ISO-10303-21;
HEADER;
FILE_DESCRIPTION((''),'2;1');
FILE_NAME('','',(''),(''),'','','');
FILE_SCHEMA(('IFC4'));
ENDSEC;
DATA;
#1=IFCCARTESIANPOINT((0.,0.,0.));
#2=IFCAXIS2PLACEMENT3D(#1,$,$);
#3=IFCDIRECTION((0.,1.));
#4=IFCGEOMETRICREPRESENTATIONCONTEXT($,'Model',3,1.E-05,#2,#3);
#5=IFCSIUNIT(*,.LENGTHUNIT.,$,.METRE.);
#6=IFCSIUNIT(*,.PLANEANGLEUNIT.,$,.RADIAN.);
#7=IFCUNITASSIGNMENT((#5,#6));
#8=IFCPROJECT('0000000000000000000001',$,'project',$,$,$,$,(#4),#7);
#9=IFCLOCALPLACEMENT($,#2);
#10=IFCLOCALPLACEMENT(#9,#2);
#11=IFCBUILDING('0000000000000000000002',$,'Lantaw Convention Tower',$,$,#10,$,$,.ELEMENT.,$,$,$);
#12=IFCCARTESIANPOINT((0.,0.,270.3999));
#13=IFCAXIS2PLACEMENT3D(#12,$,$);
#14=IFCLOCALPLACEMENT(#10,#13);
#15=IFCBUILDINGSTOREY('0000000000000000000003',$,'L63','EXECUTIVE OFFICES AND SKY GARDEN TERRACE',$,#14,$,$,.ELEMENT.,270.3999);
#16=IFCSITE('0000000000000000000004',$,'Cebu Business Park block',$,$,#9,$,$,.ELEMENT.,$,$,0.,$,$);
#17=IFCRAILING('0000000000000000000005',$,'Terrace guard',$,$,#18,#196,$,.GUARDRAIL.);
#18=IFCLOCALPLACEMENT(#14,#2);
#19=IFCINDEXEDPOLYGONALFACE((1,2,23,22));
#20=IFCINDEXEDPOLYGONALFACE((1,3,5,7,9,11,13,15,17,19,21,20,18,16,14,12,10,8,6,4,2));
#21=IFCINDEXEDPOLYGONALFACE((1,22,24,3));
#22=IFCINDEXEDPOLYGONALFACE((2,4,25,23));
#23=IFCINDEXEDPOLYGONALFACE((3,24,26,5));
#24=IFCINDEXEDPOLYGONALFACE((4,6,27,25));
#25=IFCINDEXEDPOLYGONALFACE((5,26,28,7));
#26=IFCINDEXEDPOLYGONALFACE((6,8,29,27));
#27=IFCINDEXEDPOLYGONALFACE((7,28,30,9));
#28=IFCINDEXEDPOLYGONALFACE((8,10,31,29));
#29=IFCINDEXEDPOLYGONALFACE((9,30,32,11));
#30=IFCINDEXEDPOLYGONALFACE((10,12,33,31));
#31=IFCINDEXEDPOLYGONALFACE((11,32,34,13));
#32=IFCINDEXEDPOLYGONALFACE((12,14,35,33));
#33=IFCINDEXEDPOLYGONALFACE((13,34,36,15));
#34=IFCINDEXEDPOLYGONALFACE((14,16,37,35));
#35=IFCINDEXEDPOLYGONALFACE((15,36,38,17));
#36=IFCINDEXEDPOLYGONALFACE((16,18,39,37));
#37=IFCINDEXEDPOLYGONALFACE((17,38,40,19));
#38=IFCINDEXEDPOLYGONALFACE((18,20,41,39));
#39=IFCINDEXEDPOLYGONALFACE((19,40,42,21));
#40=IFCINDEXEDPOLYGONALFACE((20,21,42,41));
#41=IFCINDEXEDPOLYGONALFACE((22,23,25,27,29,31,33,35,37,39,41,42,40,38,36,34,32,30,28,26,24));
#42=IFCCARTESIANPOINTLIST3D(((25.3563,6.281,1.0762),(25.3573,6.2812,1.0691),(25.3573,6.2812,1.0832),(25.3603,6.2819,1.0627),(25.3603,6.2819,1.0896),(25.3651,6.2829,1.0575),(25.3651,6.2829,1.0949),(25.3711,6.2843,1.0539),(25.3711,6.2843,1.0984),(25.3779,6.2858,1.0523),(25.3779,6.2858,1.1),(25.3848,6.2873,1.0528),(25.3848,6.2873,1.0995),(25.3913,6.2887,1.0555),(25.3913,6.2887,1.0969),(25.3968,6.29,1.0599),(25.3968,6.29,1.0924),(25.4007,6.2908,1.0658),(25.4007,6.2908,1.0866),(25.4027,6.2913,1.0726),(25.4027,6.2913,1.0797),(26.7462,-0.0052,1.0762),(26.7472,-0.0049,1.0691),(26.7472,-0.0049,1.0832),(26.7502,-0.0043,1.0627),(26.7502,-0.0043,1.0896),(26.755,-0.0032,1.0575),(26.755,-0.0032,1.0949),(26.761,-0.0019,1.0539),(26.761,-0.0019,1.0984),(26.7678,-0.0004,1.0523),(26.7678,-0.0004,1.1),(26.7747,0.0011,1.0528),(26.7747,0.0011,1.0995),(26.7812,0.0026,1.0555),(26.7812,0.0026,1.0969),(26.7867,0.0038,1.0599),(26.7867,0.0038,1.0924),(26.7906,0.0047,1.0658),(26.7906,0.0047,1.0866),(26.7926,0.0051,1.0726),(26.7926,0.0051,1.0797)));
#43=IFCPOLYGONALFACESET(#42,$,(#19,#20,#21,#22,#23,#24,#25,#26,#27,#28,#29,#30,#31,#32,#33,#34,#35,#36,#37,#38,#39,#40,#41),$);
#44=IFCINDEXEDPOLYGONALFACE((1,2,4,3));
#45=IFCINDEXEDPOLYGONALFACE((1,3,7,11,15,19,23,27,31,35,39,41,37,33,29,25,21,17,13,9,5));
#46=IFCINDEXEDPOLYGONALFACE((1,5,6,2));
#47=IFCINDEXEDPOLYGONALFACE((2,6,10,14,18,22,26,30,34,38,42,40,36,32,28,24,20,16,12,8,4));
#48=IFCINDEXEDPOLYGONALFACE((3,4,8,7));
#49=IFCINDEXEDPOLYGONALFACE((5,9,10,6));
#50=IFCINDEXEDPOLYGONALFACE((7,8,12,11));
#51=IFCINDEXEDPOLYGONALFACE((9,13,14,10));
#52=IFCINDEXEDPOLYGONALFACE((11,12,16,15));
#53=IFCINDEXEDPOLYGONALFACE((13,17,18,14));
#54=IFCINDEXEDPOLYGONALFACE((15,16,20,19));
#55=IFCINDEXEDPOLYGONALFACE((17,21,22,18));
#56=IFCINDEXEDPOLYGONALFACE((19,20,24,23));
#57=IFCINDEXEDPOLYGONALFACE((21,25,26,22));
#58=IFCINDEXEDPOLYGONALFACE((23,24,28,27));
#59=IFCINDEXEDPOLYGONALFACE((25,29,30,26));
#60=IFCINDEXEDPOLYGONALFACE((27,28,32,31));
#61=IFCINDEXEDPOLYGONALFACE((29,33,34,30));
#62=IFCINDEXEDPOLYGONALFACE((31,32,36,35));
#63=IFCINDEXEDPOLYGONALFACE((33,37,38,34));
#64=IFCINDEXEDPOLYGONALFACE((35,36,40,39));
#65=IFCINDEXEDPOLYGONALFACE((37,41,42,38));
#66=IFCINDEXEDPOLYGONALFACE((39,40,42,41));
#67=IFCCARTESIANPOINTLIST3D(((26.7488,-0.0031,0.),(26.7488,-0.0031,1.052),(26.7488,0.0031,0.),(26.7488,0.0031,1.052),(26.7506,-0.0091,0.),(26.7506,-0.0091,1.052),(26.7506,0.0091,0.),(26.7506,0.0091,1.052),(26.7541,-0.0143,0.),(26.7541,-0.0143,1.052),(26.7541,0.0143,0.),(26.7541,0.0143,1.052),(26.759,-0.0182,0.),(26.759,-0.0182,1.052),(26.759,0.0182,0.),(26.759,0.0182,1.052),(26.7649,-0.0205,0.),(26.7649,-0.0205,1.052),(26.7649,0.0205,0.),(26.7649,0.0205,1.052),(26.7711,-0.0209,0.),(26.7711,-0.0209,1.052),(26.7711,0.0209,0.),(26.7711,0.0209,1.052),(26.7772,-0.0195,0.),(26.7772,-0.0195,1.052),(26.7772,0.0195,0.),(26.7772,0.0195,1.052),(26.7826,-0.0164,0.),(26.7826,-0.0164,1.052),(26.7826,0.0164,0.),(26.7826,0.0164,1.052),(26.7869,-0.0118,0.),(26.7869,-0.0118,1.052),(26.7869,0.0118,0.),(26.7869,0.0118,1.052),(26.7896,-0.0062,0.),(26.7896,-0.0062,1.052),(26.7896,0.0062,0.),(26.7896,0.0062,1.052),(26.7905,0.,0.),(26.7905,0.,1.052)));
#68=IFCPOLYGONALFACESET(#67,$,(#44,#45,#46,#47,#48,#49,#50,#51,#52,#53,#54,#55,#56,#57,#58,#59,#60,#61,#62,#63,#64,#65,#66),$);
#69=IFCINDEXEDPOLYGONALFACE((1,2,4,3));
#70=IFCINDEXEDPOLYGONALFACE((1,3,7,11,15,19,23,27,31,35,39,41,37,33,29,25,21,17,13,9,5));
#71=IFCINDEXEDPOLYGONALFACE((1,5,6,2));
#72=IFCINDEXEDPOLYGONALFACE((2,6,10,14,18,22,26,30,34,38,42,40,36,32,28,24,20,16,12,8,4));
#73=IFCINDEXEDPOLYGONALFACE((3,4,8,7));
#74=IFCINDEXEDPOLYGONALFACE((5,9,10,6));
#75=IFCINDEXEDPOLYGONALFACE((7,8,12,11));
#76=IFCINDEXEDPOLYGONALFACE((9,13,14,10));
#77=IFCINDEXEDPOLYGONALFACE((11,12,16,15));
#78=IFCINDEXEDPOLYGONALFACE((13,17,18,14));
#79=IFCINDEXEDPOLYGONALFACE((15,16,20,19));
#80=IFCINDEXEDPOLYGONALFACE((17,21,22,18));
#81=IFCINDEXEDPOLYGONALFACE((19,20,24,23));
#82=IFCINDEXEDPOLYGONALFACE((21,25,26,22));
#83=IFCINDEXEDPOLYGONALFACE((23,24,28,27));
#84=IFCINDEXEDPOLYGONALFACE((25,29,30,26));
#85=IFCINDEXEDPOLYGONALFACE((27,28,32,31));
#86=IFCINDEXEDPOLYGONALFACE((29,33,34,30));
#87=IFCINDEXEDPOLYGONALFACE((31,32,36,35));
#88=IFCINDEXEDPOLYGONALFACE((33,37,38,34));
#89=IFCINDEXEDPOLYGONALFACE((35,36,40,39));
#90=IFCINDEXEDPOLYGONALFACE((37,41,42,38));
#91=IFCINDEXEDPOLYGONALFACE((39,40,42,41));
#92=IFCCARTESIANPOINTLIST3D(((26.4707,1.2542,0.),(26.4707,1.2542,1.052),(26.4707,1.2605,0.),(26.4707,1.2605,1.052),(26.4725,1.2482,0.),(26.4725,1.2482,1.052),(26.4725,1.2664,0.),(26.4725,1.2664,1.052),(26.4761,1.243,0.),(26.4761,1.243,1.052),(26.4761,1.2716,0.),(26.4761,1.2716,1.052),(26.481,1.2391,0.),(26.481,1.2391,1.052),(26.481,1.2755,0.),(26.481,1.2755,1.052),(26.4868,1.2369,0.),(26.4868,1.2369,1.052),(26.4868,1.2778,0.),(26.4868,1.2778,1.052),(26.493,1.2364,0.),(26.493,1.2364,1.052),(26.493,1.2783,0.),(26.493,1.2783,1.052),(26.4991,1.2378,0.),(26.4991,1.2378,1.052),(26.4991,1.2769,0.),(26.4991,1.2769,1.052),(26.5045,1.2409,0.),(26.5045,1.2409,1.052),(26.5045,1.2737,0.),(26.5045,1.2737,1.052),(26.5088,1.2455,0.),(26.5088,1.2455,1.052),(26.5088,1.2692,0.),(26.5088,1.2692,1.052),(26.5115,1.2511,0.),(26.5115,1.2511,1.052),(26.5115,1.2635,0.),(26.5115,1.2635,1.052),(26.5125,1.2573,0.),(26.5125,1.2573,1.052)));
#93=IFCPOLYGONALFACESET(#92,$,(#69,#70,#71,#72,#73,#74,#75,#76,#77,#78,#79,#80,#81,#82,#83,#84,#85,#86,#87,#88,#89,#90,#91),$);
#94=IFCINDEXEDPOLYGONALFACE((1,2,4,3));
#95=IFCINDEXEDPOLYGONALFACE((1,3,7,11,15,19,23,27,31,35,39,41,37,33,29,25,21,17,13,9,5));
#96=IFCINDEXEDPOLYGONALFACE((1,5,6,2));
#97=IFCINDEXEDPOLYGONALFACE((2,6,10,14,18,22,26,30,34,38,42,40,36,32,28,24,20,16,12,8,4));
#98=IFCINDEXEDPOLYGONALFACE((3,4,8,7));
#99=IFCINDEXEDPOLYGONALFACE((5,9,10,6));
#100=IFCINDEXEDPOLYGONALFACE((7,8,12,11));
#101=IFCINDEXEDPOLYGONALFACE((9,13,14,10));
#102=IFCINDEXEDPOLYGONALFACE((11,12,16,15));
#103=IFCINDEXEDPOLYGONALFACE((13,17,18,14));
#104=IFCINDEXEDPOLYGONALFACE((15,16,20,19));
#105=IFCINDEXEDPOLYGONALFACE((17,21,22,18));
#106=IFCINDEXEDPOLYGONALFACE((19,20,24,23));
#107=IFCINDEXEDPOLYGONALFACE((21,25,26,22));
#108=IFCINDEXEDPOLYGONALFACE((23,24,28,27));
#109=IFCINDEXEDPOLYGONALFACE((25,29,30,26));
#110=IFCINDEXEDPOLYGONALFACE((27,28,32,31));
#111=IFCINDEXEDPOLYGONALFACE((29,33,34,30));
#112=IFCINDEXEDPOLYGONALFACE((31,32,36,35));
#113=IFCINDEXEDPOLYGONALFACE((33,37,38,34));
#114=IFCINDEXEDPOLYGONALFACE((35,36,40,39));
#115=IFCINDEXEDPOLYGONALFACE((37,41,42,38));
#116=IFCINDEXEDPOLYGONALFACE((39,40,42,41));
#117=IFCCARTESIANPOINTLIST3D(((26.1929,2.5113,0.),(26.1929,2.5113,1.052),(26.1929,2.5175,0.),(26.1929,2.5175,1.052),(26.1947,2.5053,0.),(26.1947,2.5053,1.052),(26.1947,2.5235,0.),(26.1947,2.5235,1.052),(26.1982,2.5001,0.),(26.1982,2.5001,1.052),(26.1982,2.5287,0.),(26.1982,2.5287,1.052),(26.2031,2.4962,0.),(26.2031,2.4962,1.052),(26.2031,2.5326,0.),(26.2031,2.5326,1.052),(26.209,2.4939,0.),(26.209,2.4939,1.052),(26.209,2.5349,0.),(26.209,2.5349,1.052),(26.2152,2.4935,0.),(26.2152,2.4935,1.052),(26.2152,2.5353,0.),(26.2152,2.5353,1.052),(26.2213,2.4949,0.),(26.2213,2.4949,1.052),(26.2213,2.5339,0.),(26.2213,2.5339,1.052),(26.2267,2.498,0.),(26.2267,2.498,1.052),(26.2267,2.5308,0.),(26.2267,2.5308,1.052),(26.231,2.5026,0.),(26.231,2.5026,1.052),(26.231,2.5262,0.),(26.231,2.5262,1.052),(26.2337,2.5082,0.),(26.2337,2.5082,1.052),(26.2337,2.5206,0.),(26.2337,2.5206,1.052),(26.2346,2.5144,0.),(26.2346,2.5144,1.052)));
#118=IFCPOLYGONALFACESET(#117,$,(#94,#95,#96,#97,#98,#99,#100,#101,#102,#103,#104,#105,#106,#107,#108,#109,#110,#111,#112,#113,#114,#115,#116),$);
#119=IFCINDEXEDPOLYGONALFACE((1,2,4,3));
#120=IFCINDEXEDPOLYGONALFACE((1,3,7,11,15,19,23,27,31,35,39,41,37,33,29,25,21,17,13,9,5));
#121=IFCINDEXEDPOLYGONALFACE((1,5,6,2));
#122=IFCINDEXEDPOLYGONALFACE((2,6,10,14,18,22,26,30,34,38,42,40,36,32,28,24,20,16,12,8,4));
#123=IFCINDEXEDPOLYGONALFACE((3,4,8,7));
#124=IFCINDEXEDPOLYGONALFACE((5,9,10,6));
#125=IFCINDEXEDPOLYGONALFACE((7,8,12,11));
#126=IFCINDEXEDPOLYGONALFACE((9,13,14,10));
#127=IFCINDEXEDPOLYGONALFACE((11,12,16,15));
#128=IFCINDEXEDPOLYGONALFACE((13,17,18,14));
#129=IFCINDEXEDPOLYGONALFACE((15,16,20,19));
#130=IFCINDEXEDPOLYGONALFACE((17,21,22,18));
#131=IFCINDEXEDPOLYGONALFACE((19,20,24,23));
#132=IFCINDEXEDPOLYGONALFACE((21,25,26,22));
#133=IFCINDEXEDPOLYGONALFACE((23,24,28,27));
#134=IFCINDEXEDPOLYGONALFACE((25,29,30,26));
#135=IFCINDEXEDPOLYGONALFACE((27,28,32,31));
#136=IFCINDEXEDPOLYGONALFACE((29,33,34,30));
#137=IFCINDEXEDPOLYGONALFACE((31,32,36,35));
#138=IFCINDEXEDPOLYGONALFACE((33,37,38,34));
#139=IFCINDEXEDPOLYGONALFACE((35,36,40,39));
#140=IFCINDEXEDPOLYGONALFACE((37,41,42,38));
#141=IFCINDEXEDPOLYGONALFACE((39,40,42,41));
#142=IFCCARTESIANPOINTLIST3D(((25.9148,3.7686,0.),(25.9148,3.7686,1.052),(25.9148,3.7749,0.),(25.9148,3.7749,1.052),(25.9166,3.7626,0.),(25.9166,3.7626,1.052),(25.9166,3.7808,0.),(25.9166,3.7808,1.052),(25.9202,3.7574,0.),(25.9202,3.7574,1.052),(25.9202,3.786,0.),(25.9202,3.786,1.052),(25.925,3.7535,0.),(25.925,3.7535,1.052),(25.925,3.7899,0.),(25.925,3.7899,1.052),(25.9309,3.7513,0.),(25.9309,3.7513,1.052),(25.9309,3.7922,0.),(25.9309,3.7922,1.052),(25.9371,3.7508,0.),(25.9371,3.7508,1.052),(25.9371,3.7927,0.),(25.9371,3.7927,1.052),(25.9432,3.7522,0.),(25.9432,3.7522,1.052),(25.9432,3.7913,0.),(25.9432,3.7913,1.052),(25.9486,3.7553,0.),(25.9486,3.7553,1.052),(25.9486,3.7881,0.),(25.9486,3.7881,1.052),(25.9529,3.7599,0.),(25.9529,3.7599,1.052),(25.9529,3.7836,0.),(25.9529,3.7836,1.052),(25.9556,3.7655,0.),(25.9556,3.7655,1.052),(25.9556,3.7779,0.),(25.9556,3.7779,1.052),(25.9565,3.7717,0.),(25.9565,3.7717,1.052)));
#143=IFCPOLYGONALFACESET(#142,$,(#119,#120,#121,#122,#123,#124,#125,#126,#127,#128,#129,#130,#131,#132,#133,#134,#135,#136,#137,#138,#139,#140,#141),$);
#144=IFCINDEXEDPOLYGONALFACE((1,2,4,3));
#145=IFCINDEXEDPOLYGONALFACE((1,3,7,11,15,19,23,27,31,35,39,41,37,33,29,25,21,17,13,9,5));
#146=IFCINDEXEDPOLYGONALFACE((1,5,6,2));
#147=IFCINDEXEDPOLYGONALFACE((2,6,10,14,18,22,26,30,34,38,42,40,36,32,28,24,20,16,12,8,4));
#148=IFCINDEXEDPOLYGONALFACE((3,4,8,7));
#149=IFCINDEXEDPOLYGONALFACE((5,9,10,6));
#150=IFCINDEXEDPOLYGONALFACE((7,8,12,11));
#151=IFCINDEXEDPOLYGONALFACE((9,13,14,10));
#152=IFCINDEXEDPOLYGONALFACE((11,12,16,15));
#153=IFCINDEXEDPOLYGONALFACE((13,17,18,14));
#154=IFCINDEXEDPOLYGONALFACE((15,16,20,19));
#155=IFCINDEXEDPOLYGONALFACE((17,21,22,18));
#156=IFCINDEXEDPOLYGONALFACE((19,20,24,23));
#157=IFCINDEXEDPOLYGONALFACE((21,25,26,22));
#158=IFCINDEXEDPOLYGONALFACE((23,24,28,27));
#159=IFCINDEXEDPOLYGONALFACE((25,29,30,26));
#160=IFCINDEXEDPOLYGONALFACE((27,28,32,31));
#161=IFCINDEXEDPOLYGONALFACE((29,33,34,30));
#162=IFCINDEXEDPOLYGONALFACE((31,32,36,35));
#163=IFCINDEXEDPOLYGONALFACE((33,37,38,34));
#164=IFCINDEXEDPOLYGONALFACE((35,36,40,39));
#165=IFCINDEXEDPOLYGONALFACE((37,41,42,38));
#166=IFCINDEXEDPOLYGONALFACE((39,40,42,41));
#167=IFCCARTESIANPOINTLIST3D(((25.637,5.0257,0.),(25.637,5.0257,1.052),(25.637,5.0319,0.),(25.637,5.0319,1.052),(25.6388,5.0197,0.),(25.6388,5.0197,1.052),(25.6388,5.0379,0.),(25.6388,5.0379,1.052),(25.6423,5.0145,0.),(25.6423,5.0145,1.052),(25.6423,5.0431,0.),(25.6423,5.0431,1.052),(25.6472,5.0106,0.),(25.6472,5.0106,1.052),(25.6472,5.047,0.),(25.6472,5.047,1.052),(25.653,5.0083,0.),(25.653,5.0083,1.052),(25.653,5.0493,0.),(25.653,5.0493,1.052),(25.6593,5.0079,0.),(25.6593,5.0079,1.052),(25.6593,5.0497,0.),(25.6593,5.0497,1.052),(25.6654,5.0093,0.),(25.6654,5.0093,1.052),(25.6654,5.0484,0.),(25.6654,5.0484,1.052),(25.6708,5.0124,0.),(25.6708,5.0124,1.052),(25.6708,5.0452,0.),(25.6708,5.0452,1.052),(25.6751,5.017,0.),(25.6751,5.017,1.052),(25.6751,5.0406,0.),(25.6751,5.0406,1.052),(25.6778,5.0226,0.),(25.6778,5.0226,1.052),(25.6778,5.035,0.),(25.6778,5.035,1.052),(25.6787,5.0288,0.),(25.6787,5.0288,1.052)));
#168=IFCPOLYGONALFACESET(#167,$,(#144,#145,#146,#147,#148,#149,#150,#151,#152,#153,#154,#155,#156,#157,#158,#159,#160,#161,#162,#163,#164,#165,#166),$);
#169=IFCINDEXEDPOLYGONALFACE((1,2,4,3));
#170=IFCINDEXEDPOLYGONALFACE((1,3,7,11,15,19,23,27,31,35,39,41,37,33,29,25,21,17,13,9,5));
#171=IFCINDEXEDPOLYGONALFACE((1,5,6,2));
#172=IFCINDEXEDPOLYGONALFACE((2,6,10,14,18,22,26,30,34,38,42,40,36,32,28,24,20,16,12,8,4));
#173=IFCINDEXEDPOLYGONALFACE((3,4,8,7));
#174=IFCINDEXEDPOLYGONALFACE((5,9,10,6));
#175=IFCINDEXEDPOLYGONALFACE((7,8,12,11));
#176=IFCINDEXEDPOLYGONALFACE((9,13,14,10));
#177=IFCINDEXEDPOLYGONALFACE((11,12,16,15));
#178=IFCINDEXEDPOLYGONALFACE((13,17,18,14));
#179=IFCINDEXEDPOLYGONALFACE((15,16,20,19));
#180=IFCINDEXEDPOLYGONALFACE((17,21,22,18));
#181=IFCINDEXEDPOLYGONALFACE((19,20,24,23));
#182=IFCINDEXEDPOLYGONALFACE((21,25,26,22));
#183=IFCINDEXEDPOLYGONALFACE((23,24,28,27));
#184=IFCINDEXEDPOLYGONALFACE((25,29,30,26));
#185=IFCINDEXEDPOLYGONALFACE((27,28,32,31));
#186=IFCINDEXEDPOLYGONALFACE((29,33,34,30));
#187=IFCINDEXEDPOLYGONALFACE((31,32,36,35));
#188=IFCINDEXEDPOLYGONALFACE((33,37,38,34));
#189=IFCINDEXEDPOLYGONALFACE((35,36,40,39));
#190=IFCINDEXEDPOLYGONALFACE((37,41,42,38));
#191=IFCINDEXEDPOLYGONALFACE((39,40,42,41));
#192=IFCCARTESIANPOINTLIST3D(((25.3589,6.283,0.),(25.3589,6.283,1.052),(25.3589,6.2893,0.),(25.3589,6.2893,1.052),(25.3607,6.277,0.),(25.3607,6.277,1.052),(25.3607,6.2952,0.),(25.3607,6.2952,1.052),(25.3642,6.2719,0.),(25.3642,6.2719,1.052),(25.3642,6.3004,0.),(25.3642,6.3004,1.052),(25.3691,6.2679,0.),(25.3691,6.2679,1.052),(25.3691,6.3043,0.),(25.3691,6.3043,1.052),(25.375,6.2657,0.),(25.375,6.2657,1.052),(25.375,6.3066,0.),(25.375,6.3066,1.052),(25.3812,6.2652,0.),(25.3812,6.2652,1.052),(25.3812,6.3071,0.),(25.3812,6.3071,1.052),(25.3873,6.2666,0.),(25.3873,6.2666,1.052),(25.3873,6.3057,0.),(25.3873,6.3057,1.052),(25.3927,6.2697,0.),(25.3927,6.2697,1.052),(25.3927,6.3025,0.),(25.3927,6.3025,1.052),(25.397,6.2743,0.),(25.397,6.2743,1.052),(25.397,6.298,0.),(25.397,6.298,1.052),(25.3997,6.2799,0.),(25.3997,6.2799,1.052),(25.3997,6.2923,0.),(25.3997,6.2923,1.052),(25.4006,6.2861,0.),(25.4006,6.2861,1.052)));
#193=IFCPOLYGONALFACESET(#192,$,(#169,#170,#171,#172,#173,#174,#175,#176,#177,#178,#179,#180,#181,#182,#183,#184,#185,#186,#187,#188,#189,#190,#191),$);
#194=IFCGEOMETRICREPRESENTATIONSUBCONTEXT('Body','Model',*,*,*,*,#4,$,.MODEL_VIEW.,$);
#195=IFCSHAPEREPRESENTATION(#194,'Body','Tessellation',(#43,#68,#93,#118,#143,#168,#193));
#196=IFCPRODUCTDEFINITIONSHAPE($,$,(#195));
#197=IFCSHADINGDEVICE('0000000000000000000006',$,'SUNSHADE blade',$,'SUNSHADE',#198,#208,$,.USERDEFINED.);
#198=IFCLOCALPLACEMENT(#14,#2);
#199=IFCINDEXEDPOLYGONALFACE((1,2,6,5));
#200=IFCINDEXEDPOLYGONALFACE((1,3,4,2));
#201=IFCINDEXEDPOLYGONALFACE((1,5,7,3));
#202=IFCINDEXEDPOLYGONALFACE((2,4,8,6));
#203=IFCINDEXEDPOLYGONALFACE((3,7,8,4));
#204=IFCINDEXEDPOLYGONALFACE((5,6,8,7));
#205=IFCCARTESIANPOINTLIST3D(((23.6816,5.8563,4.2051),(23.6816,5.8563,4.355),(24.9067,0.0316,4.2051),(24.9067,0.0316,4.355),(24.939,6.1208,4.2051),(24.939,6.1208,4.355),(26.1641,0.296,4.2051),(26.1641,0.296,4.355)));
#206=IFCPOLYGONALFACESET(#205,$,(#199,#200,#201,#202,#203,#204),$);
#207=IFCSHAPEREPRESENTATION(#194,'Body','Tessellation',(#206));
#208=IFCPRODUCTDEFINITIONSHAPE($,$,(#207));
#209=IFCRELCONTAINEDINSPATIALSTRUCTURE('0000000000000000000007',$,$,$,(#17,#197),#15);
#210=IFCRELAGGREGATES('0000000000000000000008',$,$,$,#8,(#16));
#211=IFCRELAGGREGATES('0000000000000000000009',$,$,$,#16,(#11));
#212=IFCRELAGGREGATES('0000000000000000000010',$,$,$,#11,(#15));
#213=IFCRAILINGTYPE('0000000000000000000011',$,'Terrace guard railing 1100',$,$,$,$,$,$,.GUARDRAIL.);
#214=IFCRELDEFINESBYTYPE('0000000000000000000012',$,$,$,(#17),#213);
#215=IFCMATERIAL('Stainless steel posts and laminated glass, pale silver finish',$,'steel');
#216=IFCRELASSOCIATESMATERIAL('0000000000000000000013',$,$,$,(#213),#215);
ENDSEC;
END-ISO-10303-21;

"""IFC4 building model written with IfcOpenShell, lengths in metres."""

from ifc_helpers import new_model, si_unit, direction, frame, origin, origin_2d, place, context, subcontext, project, spatial, rectangle, circle, extrude, material, type_object, element, save


model = new_model("IFC4")

# Units and contexts
model_context = context("Model", 3, precision=1e-05, world=origin(), true_north=direction((0.0, 1.0)))
body_context = subcontext(model_context, "Body", "Model", "MODEL_VIEW")
ifc_project = project(units=[si_unit("LENGTHUNIT", "METRE"), si_unit("PLANEANGLEUNIT", "RADIAN")], contexts=[model_context])

# Site, building, storey
site_placement = place(None, origin())
site = spatial("IfcSite", under=ifc_project, at=site_placement, Name="Cebu Business Park block", CompositionType="ELEMENT", RefElevation=0.0)
building_placement = place(site_placement, origin())
building = spatial("IfcBuilding", under=site, at=building_placement, Name="Lantaw Convention Tower", CompositionType="ELEMENT")
storey_placement = place(building_placement, frame((0.0, 0.0, 270.3999)))
storey = spatial("IfcBuildingStorey", under=building, at=storey_placement, Name="L63", Description="EXECUTIVE OFFICES AND SKY GARDEN TERRACE", CompositionType="ELEMENT", Elevation=270.3999)

# Railing
ifc_material_1 = material(Name="Stainless steel posts and laminated glass, pale silver finish", Category="steel")
railing_type = type_object("IfcRailingType", Name="Terrace guard railing 1100", PredefinedType="GUARDRAIL", material=ifc_material_1)
railing_1_placement = place(storey_placement, frame((26.7695, 0.0, 0.0)))
element("IfcRailing", 1, at=railing_1_placement, inside=storey, type_object=railing_type, Name="Terrace guard", PredefinedType="GUARDRAIL", context=body_context, shape_type="SweptSolid", body=[
    extrude(circle(Radius=0.0239, at=origin_2d()), frame((0.0, 0.0, 1.0762), z_axis=(-0.21589, 0.976418, 0.0), x_axis=(-0.976418, -0.21589, 0.0)), (0.0, 0.0, 1.0), 6.438),
    extrude(circle(Radius=0.021, at=origin_2d()), origin(), (0.0, 0.0, 1.0), 1.052),
    extrude(circle(Radius=0.021, at=origin_2d()), frame((-0.2781, 1.2573, 0.0)), (0.0, 0.0, 1.0), 1.052),
    extrude(circle(Radius=0.021, at=origin_2d()), frame((-0.5559, 2.5144, 0.0)), (0.0, 0.0, 1.0), 1.052),
    extrude(circle(Radius=0.021, at=origin_2d()), frame((-0.834, 3.7717, 0.0)), (0.0, 0.0, 1.0), 1.052),
    extrude(circle(Radius=0.021, at=origin_2d()), frame((-1.1118, 5.0288, 0.0)), (0.0, 0.0, 1.0), 1.052),
    extrude(circle(Radius=0.021, at=origin_2d()), frame((-1.3899, 6.2861, 0.0)), (0.0, 0.0, 1.0), 1.052),
])

# Shading device
shading_device_placement = place(storey_placement, frame((24.9229, 3.0762, 4.2051), z_axis=(0.0, 0.0, 1.0), x_axis=(-0.205814, 0.978591, 0.0)))
element("IfcShadingDevice", 2, at=shading_device_placement, inside=storey, Name="SUNSHADE blade", ObjectType="SUNSHADE", PredefinedType="USERDEFINED", context=body_context, shape_type="SweptSolid", body=[
    extrude(rectangle(XDim=5.9521, YDim=1.2849, at=origin_2d()), origin(), (0.0, 0.0, 1.0), 0.1499),
])

save(model, "model.ifc")
